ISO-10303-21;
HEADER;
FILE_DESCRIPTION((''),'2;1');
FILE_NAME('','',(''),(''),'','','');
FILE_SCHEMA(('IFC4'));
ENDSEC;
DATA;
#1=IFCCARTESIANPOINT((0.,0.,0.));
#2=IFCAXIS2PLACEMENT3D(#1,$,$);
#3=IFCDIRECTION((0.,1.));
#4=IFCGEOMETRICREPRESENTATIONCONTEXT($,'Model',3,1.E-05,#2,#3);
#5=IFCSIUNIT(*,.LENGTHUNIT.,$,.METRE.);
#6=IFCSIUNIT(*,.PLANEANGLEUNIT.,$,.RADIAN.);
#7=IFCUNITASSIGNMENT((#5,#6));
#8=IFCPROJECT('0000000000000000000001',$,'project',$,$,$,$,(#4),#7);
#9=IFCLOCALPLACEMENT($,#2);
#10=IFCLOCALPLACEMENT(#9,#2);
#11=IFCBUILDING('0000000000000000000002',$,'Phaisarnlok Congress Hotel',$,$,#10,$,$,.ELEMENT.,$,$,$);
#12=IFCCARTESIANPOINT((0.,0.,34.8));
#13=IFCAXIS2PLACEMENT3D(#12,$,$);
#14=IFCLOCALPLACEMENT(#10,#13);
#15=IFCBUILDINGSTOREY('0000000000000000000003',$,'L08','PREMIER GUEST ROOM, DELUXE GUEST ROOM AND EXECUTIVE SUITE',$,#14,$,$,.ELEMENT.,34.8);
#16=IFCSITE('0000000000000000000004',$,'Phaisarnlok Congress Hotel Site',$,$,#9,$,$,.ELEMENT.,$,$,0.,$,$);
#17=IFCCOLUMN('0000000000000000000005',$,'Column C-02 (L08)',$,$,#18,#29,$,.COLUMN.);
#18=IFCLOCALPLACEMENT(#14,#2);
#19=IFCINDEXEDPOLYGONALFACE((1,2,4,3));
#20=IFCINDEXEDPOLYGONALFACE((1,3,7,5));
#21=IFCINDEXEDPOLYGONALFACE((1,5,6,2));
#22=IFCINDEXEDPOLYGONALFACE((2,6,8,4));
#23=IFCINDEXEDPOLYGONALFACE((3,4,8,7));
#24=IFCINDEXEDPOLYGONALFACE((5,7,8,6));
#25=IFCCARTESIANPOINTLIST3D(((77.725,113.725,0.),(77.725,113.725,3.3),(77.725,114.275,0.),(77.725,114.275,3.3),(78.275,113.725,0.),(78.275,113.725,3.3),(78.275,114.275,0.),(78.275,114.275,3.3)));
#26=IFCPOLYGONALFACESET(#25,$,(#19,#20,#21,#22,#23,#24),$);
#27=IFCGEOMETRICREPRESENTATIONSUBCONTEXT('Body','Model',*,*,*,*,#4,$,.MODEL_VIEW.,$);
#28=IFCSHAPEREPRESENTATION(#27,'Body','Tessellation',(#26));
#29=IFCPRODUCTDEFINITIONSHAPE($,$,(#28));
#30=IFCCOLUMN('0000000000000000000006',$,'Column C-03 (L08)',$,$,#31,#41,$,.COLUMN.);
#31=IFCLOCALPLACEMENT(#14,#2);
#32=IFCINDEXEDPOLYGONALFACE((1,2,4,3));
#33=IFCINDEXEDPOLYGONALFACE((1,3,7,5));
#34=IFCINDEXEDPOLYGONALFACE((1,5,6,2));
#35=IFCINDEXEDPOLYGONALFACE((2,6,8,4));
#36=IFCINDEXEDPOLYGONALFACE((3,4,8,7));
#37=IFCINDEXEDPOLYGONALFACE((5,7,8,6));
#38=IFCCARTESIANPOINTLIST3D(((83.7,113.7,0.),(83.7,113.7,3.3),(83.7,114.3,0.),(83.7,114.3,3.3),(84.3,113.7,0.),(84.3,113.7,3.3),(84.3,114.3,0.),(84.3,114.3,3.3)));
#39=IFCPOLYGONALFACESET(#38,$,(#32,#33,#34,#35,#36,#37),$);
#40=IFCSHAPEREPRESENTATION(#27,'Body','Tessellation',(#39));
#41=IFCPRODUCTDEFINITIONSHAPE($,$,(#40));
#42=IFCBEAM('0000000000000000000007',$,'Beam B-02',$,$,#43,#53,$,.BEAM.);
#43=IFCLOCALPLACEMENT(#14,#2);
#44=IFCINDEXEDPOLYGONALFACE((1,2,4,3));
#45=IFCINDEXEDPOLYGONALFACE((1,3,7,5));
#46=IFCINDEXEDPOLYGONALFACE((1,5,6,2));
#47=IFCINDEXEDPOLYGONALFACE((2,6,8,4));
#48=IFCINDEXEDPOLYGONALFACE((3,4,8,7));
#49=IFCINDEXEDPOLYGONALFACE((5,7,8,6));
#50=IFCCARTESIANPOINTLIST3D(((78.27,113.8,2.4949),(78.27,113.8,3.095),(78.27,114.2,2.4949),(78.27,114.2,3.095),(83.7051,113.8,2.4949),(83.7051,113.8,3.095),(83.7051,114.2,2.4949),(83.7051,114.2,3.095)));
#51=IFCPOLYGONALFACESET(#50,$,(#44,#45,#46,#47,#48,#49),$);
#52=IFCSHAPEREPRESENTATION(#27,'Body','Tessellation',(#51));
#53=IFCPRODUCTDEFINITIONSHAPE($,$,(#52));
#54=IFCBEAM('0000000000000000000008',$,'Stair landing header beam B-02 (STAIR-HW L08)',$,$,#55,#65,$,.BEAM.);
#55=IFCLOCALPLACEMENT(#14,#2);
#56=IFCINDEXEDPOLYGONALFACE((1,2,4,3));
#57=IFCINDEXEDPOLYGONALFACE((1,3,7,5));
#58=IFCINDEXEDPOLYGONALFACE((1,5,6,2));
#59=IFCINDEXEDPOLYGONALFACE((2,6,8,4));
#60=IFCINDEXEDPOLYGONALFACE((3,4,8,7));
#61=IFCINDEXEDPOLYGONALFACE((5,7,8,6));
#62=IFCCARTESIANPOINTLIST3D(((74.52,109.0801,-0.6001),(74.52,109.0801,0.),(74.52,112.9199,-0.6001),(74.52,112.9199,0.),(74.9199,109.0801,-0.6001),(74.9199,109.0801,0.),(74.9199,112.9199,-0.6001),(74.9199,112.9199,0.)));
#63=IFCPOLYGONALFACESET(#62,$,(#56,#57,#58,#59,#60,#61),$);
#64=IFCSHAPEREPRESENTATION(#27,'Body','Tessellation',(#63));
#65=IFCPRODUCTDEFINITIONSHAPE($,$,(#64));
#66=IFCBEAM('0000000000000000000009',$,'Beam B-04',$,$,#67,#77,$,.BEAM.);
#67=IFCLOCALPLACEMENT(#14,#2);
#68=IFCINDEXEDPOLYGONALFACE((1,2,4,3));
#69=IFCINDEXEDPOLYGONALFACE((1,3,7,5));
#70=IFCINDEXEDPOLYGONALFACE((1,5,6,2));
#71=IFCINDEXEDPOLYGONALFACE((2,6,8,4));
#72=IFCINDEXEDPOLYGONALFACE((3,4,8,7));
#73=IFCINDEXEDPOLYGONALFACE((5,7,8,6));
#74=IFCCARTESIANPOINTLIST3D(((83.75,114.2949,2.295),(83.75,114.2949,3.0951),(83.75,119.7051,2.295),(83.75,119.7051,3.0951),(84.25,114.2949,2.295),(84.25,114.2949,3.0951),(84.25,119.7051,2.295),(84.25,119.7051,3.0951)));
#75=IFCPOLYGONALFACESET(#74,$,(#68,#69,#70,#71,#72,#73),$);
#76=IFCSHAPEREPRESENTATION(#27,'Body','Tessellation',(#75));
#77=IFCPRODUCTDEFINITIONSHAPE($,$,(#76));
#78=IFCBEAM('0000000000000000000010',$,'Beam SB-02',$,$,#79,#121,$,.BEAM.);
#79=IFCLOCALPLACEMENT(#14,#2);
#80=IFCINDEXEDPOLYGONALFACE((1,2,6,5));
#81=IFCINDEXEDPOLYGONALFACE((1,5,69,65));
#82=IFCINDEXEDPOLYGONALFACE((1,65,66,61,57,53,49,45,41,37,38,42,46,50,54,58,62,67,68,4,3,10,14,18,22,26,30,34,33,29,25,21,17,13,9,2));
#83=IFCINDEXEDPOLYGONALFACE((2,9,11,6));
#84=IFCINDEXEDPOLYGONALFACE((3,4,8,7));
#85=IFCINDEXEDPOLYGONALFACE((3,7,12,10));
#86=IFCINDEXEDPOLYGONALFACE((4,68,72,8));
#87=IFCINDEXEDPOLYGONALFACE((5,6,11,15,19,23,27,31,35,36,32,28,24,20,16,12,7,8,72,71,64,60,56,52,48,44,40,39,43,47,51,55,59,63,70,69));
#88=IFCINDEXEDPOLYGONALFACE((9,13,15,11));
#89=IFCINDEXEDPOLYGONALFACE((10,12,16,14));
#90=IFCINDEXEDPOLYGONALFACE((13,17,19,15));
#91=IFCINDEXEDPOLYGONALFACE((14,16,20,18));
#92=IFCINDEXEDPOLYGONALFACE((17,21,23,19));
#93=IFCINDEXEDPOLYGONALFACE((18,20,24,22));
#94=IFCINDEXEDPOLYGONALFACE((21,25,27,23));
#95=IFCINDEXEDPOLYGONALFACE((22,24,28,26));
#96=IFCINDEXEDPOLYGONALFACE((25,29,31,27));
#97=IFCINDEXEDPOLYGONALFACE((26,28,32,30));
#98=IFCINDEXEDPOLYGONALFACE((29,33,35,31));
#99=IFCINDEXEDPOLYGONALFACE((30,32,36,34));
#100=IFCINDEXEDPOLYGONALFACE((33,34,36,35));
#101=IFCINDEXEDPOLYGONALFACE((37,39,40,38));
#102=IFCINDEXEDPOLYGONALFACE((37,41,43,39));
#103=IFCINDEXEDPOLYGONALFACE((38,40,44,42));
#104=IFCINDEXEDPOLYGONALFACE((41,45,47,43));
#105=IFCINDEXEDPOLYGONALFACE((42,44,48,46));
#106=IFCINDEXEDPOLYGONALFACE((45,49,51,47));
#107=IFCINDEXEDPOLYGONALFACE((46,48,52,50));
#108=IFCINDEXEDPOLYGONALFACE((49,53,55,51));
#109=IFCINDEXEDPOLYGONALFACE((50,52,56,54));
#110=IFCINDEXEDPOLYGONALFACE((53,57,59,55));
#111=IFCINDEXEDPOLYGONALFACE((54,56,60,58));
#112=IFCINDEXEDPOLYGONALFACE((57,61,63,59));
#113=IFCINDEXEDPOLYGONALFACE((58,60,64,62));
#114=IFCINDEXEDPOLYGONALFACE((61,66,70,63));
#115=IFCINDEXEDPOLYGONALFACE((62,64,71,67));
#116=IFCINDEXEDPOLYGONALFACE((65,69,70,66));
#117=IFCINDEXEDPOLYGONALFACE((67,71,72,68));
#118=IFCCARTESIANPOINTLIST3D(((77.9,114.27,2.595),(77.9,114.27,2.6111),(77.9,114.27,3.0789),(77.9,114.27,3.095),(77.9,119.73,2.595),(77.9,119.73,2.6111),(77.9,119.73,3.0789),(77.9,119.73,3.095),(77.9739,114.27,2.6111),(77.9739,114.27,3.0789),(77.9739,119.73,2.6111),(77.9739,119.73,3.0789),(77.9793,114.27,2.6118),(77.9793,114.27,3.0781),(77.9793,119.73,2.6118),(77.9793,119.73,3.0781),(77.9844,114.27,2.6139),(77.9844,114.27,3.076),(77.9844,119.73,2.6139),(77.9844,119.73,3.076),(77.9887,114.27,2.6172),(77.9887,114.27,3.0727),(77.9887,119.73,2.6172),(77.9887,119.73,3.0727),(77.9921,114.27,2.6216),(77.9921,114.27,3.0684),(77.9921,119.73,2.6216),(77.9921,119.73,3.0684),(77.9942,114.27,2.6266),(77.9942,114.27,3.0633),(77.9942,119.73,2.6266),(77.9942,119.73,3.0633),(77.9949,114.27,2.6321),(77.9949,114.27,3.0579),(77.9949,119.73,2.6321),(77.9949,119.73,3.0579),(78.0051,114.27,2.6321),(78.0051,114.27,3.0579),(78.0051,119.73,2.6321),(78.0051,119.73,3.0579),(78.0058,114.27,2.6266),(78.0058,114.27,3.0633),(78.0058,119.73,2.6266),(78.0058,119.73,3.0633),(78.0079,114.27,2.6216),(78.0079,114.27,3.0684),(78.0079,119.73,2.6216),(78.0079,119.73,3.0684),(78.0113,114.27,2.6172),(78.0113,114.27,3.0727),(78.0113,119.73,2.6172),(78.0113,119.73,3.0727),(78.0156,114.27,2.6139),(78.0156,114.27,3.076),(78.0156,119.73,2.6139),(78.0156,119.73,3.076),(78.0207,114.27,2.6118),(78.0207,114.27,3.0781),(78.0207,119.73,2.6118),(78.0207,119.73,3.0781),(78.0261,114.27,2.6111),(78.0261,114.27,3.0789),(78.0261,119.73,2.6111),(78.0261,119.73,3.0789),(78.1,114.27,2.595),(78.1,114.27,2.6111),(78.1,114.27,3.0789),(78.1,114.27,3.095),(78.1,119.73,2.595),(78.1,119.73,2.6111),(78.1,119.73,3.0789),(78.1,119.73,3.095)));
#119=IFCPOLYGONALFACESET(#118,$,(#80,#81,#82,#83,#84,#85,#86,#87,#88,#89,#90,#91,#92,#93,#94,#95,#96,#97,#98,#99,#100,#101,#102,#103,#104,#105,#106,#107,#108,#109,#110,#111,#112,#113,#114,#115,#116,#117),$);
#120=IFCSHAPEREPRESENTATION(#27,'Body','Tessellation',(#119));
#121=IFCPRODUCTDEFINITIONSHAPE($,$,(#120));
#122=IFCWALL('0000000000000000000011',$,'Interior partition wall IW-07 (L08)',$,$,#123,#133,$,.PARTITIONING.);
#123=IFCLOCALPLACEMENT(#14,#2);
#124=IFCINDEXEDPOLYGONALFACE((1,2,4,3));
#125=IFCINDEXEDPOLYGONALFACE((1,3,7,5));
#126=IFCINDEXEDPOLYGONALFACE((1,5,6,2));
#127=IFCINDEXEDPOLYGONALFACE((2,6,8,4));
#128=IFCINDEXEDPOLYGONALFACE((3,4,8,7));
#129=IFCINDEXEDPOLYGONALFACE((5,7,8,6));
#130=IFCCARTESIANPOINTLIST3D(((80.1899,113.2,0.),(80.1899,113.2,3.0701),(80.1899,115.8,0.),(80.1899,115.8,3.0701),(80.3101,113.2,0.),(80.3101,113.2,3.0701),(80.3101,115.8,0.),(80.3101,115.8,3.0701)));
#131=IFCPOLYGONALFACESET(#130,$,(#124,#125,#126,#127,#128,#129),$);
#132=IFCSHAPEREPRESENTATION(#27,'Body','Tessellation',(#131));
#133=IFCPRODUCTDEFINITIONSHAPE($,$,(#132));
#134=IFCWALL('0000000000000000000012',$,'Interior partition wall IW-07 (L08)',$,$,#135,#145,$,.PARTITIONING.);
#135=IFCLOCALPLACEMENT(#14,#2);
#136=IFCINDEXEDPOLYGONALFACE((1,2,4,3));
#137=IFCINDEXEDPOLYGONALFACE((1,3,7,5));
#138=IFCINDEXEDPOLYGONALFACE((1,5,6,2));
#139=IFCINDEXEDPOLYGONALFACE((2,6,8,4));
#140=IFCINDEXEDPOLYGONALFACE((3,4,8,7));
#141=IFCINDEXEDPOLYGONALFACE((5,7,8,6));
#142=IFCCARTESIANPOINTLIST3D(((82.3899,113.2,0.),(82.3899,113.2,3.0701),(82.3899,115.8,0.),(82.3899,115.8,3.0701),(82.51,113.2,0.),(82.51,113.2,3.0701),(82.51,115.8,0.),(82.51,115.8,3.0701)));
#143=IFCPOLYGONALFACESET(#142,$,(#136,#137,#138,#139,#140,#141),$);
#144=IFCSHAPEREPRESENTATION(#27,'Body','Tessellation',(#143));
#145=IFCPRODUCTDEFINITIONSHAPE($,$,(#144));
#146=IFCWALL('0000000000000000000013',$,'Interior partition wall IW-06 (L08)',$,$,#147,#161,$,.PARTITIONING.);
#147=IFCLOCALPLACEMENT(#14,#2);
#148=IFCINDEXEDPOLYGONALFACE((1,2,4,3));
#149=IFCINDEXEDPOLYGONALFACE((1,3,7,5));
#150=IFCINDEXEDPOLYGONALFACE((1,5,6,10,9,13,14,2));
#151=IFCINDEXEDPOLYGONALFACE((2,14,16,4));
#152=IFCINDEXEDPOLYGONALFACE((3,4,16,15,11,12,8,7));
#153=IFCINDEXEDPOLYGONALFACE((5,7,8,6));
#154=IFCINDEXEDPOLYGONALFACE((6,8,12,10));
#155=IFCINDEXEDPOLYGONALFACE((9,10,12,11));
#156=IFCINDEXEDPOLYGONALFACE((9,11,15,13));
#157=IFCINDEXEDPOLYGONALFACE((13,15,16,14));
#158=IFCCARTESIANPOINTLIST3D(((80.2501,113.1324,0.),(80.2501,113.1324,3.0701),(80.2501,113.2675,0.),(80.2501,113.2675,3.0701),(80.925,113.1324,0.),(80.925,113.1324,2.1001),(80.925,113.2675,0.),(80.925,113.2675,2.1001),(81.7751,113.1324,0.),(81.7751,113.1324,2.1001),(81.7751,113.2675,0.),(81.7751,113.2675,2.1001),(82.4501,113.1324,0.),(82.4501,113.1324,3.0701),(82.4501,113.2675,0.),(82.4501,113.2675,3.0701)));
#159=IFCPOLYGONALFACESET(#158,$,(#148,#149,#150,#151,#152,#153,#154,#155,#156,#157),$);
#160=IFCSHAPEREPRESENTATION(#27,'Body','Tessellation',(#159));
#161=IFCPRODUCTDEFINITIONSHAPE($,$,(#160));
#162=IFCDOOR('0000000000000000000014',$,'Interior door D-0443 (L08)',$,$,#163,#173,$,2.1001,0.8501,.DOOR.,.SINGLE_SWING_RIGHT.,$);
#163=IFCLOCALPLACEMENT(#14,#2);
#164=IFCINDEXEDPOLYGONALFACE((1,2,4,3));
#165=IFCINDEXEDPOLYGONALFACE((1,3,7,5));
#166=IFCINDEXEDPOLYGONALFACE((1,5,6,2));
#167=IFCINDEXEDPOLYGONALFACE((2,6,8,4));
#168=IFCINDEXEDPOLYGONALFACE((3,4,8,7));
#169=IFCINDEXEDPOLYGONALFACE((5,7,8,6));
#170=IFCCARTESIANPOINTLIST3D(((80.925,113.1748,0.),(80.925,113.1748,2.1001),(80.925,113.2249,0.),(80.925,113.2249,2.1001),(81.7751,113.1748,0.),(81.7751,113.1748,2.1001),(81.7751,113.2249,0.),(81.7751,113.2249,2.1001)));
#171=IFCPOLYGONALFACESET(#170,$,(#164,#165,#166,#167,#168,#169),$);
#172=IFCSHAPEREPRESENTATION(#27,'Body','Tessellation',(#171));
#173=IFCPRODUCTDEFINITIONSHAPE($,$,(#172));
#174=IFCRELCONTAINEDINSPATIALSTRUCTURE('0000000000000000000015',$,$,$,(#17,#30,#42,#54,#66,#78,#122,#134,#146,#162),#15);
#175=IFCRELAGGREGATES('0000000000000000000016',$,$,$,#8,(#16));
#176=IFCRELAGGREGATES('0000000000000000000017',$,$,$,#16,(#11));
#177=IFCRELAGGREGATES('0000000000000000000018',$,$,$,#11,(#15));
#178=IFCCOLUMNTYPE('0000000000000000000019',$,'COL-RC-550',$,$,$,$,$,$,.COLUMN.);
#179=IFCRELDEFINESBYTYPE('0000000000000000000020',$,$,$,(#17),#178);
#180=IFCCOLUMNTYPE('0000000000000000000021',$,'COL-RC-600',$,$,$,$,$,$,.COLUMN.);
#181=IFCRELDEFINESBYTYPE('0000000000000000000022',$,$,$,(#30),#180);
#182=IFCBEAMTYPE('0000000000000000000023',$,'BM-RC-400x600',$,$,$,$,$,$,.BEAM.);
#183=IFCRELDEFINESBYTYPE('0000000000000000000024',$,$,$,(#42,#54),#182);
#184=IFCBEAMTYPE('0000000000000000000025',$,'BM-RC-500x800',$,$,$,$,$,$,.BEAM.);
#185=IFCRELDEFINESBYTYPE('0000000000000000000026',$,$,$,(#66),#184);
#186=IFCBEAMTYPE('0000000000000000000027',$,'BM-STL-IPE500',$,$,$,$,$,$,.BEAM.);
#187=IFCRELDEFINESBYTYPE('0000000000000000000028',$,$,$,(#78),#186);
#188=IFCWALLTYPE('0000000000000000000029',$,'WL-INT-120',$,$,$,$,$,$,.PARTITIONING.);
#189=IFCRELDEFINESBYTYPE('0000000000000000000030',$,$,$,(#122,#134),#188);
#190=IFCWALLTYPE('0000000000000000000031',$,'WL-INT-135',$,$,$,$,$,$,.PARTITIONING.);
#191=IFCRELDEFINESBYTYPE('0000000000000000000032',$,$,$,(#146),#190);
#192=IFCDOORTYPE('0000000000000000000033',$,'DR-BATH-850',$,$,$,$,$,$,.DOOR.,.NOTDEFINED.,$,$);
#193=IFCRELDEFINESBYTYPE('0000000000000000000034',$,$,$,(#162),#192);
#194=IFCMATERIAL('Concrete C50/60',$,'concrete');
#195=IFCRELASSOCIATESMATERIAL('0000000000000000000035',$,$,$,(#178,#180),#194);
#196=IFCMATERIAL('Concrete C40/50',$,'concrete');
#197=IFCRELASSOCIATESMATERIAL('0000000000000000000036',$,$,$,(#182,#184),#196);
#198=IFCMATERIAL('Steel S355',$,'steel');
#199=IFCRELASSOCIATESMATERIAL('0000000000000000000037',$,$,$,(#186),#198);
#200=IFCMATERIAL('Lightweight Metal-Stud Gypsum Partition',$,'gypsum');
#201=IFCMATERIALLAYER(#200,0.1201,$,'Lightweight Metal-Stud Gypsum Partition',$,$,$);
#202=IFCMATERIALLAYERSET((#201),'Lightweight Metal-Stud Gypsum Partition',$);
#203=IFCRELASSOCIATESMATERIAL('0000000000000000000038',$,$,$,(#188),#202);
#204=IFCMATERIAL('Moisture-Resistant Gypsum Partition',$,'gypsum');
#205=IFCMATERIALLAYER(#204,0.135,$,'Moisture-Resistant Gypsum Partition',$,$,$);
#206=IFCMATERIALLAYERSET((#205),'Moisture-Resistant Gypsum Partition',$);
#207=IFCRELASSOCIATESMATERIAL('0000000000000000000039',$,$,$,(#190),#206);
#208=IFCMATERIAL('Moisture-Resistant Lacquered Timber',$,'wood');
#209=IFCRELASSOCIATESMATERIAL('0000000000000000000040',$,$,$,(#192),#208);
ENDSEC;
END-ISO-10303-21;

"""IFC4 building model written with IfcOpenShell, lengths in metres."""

from ifc_helpers import new_model, si_unit, direction, frame, frame_2d, origin, origin_2d, place, context, subcontext, project, spatial, rectangle, i_section, extrude, material, layer, layer_set, material_profile, profile_set, type_object, element, fill, save


model = new_model("IFC4")

# Units and contexts
model_context = context("Model", 3, precision=1e-05, world=origin(), true_north=direction((0.0, 1.0)))
body_context = subcontext(model_context, "Body", "Model", "MODEL_VIEW")
ifc_project = project(units=[si_unit("LENGTHUNIT", "METRE"), si_unit("PLANEANGLEUNIT", "RADIAN")], contexts=[model_context])

# Site, building, storey
site_placement = place(None, origin())
site = spatial("IfcSite", under=ifc_project, at=site_placement, Name="Phaisarnlok Congress Hotel Site", CompositionType="ELEMENT", RefElevation=0.0)
building_placement = place(site_placement, origin())
building = spatial("IfcBuilding", under=site, at=building_placement, Name="Phaisarnlok Congress Hotel", CompositionType="ELEMENT")
storey_placement = place(building_placement, frame((0.0, 0.0, 34.8)))
storey = spatial("IfcBuildingStorey", under=building, at=storey_placement, Name="L08", Description="PREMIER GUEST ROOM, DELUXE GUEST ROOM AND EXECUTIVE SUITE", CompositionType="ELEMENT", Elevation=34.8)

# Columns
ifc_material_1 = material(Name="Concrete C50/60", Category="concrete")
ifc_material_profile_1 = material_profile(ifc_material_1, rectangle(XDim=0.55, YDim=0.55, at=origin_2d()), Name="RC 550x550")
ifc_profile_set_1 = profile_set([ifc_material_profile_1], Name="Concrete C50/60")
column_type_1 = type_object("IfcColumnType", Name="COL-RC-550", PredefinedType="COLUMN", material=ifc_profile_set_1)
column_1_placement = place(storey_placement, frame((78.0, 114.0, 0.0), z_axis=(0.0, 0.0, 1.0), x_axis=(1.0, 0.0, 0.0)))
element("IfcColumn", 1, at=column_1_placement, inside=storey, type_object=column_type_1, Name="Column C-02 (L08)", PredefinedType="COLUMN", context=body_context, shape_type="SweptSolid", body=[
    extrude(rectangle(XDim=0.55, YDim=0.55, at=origin_2d()), origin(), (0.0, 0.0, 1.0), 3.3),
])
ifc_material_profile_2 = material_profile(ifc_material_1, rectangle(XDim=0.6001, YDim=0.6001, at=origin_2d()), Name="RC 600x600")
ifc_profile_set_2 = profile_set([ifc_material_profile_2], Name="Concrete C50/60")
column_type_2 = type_object("IfcColumnType", Name="COL-RC-600", PredefinedType="COLUMN", material=ifc_profile_set_2)
column_2_placement = place(storey_placement, frame((84.0, 114.0, 0.0), z_axis=(0.0, 0.0, 1.0), x_axis=(1.0, 0.0, 0.0)))
element("IfcColumn", 2, at=column_2_placement, inside=storey, type_object=column_type_2, Name="Column C-03 (L08)", PredefinedType="COLUMN", context=body_context, shape_type="SweptSolid", body=[
    extrude(rectangle(XDim=0.6001, YDim=0.6001, at=origin_2d()), origin(), (0.0, 0.0, 1.0), 3.3),
])

# Beams
ifc_material_2 = material(Name="Concrete C40/50", Category="concrete")
ifc_material_profile_3 = material_profile(ifc_material_2, rectangle(XDim=0.3999, YDim=0.6001, at=origin_2d()), Name="RC 400x600")
ifc_profile_set_3 = profile_set([ifc_material_profile_3], Name="Concrete C40/50")
beam_type_1 = type_object("IfcBeamType", Name="BM-RC-400x600", PredefinedType="BEAM", material=ifc_profile_set_3)
beam_1_placement = place(storey_placement, frame((78.27, 114.0, 2.7949), z_axis=(1.0, 0.0, 0.0), x_axis=(0.0, 1.0, 0.0)))
element("IfcBeam", 3, at=beam_1_placement, inside=storey, type_object=beam_type_1, Name="Beam B-02", PredefinedType="BEAM", context=body_context, shape_type="SweptSolid", body=[
    extrude(rectangle(XDim=0.3999, YDim=0.6001, at=origin_2d()), origin(), (0.0, 0.0, 1.0), 5.4351),
])
beam_2_placement = place(storey_placement, frame((74.72, 109.0801, -0.3), z_axis=(0.0, 1.0, 0.0), x_axis=(-1.0, 0.0, 0.0)))
element("IfcBeam", 4, at=beam_2_placement, inside=storey, type_object=beam_type_1, Name="Stair landing header beam B-02 (STAIR-HW L08)", PredefinedType="BEAM", context=body_context, shape_type="SweptSolid", body=[
    extrude(rectangle(XDim=0.3999, YDim=0.6001, at=origin_2d()), origin(), (0.0, 0.0, 1.0), 3.8398),
])
ifc_material_profile_4 = material_profile(ifc_material_2, rectangle(XDim=0.5, YDim=0.8, at=origin_2d()), Name="RC 500x800")
ifc_profile_set_4 = profile_set([ifc_material_profile_4], Name="Concrete C40/50")
beam_type_2 = type_object("IfcBeamType", Name="BM-RC-500x800", PredefinedType="BEAM", material=ifc_profile_set_4)
beam_3_placement = place(storey_placement, frame((84.0, 114.2949, 2.6951), z_axis=(0.0, 1.0, 0.0), x_axis=(-1.0, 0.0, 0.0)))
element("IfcBeam", 5, at=beam_3_placement, inside=storey, type_object=beam_type_2, Name="Beam B-04", PredefinedType="BEAM", context=body_context, shape_type="SweptSolid", body=[
    extrude(rectangle(XDim=0.5, YDim=0.8, at=origin_2d()), origin(), (0.0, 0.0, 1.0), 5.4102),
])
ifc_material_3 = material(Name="Steel S355", Category="steel")
ifc_material_profile_5 = material_profile(ifc_material_3, i_section(OverallWidth=0.2, OverallDepth=0.5, WebThickness=0.0103, FlangeThickness=0.0161, FilletRadius=0.021, at=origin_2d()), Name="IPE 500")
ifc_profile_set_5 = profile_set([ifc_material_profile_5], Name="Steel S355")
beam_type_3 = type_object("IfcBeamType", Name="BM-STL-IPE500", PredefinedType="BEAM", material=ifc_profile_set_5)
beam_4_placement = place(storey_placement, frame((78.0, 114.27, 2.845), z_axis=(0.0, 1.0, 0.0), x_axis=(-1.0, 0.0, 0.0)))
element("IfcBeam", 6, at=beam_4_placement, inside=storey, type_object=beam_type_3, Name="Beam SB-02", PredefinedType="BEAM", context=body_context, shape_type="SweptSolid", body=[
    extrude(i_section(OverallWidth=0.2, OverallDepth=0.5, WebThickness=0.0103, FlangeThickness=0.0161, FilletRadius=0.021, at=origin_2d()), origin(), (0.0, 0.0, 1.0), 5.46),
])

# Walls
ifc_material_4 = material(Name="Lightweight Metal-Stud Gypsum Partition", Category="gypsum")
ifc_layer_1 = layer(ifc_material_4, 0.1201, Name="Lightweight Metal-Stud Gypsum Partition")
ifc_layer_set_1 = layer_set([ifc_layer_1], Name="Lightweight Metal-Stud Gypsum Partition")
wall_type_1 = type_object("IfcWallType", Name="WL-INT-120", PredefinedType="PARTITIONING", material=ifc_layer_set_1)
for number, where, z_axis, x_axis, name in (
    (7, (80.25, 113.2, 0.0), (0.0, 0.0, 1.0), (0.0, 1.0, 0.0), "Interior partition wall IW-07 (L08)"),
    (8, (82.45, 113.2, 0.0), (0.0, 0.0, 1.0), (0.0, 1.0, 0.0), "Interior partition wall IW-07 (L08)"),
):
    element("IfcWall", number, at=place(storey_placement, frame(where, z_axis=z_axis, x_axis=x_axis)), inside=storey, type_object=wall_type_1, Name=name, PredefinedType="PARTITIONING", context=body_context, shape_type="SweptSolid", body=[
        extrude(rectangle(XDim=2.6001, YDim=0.1201, at=frame_2d((1.3, 0.0))), origin(), (0.0, 0.0, 1.0), 3.0701),
    ])

# Wall, opening, door
ifc_material_5 = material(Name="Moisture-Resistant Gypsum Partition", Category="gypsum")
ifc_layer_2 = layer(ifc_material_5, 0.135, Name="Moisture-Resistant Gypsum Partition")
ifc_layer_set_2 = layer_set([ifc_layer_2], Name="Moisture-Resistant Gypsum Partition")
wall_type_2 = type_object("IfcWallType", Name="WL-INT-135", PredefinedType="PARTITIONING", material=ifc_layer_set_2)
wall_1_placement = place(storey_placement, frame((80.25, 113.2, 0.0), z_axis=(0.0, 0.0, 1.0), x_axis=(1.0, 0.0, 0.0)))
wall_1 = element("IfcWall", 9, at=wall_1_placement, inside=storey, type_object=wall_type_2, Name="Interior partition wall IW-06 (L08)", PredefinedType="PARTITIONING", context=body_context, shape_type="SweptSolid", body=[
    extrude(rectangle(XDim=2.2, YDim=0.135, at=frame_2d((1.1001, 0.0))), origin(), (0.0, 0.0, 1.0), 3.0701),
])
opening_1_placement = place(wall_1_placement, frame((0.675, 0.0, 0.0)))
opening_1 = element("IfcOpeningElement", 10, at=opening_1_placement, cuts=wall_1, PredefinedType="OPENING", context=body_context, shape_type="SweptSolid", body=[
    extrude(rectangle(XDim=0.8501, YDim=2.1001, at=frame_2d((0.425, 1.05))), frame((0.0, 0.0776, 0.0), z_axis=(0.0, -1.0, 0.0), x_axis=(1.0, 0.0, 0.0)), (0.0, 0.0, 1.0), 0.155),
])
ifc_material_6 = material(Name="Moisture-Resistant Lacquered Timber", Category="wood")
door_type_1 = type_object("IfcDoorType", Name="DR-BATH-850", OperationType="NOTDEFINED", PredefinedType="DOOR", material=ifc_material_6)
door_1_placement = place(opening_1_placement, origin())
door_1 = element("IfcDoor", 11, at=door_1_placement, inside=storey, type_object=door_type_1, Name="Interior door D-0443 (L08)", OperationType="SINGLE_SWING_RIGHT", OverallHeight=2.1001, OverallWidth=0.8501, PredefinedType="DOOR", context=body_context, shape_type="SweptSolid", body=[
    extrude(rectangle(XDim=0.8501, YDim=2.1001, at=frame_2d((0.425, 1.05))), frame((0.0, 0.0249, 0.0), z_axis=(0.0, -1.0, 0.0), x_axis=(1.0, 0.0, 0.0)), (0.0, 0.0, 1.0), 0.05),
])
fill(opening_1, door_1)

save(model, "model.ifc")
